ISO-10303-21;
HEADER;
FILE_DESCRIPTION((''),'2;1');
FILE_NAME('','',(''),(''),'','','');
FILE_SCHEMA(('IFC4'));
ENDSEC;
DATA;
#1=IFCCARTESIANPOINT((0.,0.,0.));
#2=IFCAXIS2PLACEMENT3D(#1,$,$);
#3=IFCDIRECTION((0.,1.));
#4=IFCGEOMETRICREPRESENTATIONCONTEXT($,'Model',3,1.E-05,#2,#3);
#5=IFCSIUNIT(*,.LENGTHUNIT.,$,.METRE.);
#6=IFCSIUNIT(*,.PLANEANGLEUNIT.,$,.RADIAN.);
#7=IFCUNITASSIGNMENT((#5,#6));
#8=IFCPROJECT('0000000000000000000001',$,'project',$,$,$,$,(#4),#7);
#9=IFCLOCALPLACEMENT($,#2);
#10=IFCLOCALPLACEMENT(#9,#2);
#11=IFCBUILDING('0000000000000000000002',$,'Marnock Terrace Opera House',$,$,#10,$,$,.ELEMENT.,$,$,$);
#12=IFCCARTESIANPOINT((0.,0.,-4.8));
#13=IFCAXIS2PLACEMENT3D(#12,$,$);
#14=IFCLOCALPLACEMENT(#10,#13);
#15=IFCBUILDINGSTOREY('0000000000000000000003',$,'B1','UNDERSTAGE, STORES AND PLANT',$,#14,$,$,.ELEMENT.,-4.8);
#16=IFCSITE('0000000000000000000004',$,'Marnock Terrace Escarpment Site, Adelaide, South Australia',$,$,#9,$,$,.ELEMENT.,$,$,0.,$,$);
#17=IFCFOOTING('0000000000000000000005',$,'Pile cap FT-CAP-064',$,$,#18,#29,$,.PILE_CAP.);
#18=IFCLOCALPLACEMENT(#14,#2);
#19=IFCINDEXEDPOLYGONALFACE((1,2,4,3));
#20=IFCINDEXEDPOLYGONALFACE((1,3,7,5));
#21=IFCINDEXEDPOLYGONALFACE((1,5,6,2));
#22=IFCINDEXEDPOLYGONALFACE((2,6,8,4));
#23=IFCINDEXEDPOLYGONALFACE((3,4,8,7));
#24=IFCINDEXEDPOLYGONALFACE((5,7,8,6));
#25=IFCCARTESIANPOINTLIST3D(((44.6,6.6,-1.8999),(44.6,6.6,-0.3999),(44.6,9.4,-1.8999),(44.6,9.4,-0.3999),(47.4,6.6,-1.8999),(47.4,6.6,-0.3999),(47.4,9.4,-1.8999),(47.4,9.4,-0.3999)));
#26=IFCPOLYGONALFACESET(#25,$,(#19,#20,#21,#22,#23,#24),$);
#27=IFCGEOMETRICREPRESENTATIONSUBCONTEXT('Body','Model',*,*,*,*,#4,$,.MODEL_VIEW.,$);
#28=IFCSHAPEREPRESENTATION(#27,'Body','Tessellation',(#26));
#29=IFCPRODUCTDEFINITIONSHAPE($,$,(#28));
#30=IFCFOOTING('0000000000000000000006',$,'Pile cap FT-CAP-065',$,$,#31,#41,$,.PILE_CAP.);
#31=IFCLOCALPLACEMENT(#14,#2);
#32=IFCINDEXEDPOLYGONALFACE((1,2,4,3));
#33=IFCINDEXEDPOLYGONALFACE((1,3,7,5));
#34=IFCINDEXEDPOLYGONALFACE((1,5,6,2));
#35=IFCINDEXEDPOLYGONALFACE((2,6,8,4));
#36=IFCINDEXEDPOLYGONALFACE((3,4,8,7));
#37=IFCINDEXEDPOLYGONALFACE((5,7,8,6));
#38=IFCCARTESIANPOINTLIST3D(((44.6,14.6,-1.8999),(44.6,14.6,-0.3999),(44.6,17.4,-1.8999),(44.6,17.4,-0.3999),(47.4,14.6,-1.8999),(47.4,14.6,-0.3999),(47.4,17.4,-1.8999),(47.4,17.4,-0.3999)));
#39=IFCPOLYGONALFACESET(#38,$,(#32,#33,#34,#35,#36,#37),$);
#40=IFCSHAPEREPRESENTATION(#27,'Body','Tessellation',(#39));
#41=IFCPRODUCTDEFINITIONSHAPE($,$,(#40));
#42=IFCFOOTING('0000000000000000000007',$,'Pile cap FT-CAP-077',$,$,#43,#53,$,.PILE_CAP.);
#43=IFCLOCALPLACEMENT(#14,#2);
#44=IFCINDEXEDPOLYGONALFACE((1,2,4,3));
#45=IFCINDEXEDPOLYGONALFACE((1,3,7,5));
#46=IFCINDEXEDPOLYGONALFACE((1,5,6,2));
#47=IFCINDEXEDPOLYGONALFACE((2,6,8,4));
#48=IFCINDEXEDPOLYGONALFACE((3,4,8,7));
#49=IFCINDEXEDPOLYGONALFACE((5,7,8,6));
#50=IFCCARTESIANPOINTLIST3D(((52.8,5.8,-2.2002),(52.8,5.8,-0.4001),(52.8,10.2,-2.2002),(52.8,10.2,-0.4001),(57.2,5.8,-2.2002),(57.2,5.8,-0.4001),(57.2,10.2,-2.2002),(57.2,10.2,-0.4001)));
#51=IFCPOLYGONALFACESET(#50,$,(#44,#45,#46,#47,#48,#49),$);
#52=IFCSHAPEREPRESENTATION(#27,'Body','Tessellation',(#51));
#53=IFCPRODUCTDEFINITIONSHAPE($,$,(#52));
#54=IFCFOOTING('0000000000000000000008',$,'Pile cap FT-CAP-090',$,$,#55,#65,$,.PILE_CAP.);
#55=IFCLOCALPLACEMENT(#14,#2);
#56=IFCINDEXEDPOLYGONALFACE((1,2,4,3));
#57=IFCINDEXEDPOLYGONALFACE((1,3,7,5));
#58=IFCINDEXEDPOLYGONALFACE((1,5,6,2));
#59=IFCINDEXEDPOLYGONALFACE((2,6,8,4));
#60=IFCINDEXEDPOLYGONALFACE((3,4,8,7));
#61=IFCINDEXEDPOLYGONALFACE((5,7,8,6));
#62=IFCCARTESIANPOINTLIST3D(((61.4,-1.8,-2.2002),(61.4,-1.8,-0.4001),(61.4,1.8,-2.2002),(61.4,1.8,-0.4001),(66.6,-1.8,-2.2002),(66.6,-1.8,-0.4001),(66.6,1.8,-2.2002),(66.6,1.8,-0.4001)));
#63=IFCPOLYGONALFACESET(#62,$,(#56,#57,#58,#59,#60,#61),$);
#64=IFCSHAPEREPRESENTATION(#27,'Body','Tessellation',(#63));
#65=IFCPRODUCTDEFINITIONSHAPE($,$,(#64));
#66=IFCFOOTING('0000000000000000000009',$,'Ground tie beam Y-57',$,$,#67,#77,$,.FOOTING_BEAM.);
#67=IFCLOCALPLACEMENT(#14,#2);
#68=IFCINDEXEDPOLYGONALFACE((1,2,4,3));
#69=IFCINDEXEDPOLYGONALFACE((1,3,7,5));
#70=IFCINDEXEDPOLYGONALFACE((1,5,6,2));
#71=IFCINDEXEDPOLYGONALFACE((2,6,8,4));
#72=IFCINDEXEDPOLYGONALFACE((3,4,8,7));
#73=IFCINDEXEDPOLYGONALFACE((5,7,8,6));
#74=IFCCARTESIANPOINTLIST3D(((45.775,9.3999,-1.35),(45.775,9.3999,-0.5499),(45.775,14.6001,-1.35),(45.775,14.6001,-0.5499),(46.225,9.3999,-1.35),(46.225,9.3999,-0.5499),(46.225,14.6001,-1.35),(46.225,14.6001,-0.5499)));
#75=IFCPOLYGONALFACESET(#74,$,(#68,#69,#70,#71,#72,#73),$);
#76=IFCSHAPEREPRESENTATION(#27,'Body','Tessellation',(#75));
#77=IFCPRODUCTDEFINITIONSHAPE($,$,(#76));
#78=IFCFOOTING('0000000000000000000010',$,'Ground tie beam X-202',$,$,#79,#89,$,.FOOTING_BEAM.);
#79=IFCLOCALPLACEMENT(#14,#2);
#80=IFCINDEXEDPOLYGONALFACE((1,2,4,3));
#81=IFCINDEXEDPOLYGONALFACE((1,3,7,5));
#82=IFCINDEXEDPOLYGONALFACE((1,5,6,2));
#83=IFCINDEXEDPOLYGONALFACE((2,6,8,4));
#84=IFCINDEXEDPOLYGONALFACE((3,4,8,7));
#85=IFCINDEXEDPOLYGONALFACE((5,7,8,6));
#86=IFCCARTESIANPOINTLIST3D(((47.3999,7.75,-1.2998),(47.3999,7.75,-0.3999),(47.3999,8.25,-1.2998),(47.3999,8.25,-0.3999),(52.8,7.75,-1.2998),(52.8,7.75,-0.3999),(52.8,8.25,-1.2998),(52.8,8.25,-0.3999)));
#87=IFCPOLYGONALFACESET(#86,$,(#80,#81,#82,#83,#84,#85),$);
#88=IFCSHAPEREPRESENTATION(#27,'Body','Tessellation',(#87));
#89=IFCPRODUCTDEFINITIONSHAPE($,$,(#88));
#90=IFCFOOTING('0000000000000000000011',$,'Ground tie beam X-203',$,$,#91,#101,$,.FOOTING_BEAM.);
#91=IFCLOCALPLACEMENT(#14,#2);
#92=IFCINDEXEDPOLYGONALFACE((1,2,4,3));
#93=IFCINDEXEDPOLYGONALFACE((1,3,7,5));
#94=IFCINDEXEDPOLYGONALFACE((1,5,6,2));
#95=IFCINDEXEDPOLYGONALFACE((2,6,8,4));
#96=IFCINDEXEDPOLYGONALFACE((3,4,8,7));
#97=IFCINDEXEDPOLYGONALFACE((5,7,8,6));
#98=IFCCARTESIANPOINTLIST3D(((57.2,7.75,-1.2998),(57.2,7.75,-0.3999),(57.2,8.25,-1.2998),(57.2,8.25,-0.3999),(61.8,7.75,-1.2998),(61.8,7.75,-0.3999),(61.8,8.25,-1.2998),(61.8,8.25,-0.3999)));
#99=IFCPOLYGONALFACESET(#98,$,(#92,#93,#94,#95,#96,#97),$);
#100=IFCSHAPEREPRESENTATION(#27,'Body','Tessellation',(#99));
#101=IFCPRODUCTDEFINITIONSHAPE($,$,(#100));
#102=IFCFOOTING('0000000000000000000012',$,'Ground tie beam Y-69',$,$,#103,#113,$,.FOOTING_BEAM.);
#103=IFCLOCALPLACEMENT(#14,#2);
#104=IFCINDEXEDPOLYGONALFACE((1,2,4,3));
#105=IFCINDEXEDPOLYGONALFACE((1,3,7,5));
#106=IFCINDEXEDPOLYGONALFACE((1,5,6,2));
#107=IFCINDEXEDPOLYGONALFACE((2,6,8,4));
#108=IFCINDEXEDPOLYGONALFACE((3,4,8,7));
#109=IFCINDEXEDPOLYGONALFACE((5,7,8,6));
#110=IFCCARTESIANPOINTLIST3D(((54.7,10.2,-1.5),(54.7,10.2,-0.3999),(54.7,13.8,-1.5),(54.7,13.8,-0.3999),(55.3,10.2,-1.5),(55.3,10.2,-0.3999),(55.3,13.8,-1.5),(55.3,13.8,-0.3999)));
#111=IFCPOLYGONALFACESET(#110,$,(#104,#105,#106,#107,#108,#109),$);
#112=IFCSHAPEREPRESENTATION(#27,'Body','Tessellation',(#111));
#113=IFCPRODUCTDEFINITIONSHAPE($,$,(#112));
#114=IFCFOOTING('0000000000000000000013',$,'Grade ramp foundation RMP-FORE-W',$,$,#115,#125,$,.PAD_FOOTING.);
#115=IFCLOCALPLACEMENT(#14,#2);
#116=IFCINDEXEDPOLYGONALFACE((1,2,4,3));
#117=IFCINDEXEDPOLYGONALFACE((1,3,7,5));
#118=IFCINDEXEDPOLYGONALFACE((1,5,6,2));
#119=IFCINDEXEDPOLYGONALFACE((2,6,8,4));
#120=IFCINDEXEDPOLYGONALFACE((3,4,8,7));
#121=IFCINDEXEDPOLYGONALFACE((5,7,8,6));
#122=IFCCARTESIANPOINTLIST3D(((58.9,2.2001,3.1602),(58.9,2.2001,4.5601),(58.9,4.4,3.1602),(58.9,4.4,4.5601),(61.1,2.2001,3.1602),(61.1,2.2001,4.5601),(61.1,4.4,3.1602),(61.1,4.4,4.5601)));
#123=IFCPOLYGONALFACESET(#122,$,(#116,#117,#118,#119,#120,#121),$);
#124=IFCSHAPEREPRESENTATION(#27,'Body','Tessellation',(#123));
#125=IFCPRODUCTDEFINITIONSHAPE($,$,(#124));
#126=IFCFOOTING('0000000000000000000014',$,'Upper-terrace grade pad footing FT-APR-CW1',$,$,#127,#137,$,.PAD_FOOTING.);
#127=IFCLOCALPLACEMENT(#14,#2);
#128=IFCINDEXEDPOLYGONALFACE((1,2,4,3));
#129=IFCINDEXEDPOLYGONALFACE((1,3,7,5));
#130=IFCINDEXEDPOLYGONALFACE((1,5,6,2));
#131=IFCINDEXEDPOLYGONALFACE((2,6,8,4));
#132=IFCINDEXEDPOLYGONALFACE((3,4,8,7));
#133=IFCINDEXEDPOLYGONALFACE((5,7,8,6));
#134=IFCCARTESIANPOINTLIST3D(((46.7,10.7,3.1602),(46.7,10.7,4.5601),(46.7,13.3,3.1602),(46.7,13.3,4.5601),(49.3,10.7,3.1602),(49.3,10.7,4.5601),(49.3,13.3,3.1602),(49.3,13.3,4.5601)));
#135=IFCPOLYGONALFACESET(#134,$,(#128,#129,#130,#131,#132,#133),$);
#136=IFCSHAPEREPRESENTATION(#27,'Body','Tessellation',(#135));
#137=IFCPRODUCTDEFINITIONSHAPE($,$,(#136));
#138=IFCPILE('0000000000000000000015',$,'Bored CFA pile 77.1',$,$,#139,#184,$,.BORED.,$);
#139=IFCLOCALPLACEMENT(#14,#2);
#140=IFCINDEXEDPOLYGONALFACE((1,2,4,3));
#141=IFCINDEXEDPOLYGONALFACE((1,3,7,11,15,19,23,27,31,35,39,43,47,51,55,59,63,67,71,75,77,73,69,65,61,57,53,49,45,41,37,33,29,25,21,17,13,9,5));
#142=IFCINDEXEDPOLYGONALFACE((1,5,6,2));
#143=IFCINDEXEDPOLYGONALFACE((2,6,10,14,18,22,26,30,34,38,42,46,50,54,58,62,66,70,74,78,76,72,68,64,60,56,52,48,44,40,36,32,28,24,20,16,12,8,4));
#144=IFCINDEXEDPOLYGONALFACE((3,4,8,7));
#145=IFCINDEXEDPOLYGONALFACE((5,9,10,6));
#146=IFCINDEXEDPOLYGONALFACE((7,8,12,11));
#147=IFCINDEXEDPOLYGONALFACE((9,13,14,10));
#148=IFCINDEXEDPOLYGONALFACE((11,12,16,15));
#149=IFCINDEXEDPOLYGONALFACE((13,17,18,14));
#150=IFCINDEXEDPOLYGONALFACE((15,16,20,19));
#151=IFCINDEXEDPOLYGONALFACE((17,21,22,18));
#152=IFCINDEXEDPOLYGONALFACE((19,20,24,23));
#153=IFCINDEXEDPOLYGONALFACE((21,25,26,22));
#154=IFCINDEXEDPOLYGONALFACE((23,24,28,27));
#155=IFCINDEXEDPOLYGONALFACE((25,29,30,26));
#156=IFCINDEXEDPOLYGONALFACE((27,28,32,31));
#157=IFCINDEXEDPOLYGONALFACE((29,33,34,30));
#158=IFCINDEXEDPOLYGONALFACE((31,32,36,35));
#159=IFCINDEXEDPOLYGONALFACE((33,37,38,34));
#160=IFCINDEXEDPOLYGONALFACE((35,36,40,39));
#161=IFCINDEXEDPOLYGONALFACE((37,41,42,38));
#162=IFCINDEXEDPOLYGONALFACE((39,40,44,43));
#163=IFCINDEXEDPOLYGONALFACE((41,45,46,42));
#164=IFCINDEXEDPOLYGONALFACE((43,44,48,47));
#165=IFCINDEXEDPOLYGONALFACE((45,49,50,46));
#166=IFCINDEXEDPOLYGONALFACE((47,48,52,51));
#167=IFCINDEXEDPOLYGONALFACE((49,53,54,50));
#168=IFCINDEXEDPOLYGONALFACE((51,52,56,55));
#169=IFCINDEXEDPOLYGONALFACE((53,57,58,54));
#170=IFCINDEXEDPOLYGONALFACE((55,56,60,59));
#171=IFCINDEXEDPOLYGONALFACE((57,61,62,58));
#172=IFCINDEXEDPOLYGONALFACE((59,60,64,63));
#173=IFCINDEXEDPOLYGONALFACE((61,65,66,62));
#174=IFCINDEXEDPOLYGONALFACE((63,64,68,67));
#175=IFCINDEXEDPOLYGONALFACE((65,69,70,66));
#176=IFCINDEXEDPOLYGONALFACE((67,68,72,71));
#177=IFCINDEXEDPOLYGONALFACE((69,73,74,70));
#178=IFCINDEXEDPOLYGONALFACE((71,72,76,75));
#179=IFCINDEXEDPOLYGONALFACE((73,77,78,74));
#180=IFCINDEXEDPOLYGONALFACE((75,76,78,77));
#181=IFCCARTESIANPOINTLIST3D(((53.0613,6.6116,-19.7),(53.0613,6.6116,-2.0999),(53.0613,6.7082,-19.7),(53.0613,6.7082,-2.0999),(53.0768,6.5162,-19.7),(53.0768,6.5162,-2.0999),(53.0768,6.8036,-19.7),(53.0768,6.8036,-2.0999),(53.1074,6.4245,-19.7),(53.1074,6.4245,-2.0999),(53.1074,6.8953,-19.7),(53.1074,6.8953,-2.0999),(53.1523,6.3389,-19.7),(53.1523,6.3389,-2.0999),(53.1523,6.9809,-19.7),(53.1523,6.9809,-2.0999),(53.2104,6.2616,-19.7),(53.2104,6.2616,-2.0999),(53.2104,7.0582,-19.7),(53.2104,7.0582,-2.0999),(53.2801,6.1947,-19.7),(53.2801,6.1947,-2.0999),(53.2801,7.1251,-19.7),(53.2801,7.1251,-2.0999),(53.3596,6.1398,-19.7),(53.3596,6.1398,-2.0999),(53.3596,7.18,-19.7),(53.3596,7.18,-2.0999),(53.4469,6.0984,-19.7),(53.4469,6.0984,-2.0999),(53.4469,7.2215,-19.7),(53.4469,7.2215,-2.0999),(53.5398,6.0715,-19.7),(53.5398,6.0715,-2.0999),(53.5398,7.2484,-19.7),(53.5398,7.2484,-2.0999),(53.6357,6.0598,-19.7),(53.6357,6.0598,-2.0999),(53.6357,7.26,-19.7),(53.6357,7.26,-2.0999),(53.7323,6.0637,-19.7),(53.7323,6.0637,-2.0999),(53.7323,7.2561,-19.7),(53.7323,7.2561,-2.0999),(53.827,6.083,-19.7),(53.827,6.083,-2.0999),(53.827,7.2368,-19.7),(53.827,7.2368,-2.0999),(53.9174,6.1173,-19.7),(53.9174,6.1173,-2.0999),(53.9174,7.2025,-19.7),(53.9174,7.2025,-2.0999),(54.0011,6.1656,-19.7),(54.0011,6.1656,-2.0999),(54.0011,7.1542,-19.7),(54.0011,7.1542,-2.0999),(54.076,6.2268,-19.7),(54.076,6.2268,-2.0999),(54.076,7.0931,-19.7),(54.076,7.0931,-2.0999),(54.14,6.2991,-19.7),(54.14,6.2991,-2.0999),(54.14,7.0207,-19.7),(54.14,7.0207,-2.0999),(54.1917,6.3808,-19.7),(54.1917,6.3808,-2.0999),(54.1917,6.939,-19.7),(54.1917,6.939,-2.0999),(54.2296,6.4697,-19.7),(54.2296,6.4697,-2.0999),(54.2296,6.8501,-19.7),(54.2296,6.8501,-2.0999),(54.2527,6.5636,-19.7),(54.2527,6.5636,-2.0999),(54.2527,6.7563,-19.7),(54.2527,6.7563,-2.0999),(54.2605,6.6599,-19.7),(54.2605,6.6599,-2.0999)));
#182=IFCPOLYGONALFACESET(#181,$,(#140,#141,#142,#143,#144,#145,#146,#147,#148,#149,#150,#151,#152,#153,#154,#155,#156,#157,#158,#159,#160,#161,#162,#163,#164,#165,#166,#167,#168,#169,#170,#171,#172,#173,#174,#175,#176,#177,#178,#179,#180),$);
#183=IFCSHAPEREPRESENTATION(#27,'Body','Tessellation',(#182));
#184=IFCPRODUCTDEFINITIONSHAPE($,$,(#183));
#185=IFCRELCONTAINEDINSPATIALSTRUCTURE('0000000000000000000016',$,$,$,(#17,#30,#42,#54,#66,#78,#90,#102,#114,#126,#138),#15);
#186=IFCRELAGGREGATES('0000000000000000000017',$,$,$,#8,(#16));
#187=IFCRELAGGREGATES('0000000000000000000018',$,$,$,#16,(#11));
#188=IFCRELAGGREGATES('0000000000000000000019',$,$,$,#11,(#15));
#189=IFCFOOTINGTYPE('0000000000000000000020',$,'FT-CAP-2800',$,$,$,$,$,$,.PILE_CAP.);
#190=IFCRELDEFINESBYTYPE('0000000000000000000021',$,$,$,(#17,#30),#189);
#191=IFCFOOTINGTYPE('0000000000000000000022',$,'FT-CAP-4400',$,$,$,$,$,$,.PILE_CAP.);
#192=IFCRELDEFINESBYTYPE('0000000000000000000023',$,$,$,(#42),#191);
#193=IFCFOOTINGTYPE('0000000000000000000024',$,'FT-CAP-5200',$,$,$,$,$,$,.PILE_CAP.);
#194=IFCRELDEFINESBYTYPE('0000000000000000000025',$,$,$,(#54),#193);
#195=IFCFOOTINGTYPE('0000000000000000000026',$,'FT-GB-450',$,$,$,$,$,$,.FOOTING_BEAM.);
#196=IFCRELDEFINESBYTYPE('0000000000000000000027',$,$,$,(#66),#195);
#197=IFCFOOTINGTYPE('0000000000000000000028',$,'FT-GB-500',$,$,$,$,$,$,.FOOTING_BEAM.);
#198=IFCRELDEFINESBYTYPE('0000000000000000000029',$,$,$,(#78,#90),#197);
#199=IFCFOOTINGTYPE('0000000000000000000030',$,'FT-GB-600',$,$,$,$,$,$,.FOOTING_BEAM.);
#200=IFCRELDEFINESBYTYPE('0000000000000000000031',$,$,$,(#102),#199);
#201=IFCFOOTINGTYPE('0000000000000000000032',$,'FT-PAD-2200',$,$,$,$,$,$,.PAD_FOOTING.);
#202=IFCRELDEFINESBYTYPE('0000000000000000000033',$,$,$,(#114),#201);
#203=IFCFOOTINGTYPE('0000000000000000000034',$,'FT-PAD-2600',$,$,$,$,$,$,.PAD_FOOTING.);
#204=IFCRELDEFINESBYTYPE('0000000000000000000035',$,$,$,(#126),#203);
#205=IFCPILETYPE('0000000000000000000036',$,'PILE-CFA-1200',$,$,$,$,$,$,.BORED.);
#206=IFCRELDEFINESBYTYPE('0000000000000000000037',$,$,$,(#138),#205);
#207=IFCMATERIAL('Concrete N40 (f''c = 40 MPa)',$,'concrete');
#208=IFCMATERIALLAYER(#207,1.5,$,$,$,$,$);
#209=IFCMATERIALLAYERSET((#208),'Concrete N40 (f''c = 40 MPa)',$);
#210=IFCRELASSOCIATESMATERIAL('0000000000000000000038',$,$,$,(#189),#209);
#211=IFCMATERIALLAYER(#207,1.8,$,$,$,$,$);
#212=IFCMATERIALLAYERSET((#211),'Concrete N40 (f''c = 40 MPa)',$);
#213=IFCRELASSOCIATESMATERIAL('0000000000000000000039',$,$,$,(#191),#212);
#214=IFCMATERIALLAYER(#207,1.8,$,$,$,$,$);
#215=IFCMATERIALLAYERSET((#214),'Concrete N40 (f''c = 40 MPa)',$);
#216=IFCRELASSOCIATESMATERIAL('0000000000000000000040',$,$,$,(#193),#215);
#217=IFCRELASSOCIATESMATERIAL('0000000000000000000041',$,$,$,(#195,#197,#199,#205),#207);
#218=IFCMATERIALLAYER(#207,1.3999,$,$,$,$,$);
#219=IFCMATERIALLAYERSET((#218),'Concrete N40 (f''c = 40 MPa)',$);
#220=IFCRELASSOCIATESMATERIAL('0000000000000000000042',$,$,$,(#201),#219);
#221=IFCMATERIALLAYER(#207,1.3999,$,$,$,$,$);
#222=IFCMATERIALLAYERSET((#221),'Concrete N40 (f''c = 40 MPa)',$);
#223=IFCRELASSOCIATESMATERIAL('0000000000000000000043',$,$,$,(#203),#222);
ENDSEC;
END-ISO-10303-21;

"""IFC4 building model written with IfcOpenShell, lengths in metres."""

from ifc_helpers import new_model, si_unit, direction, frame, origin, origin_2d, place, context, subcontext, project, spatial, rectangle, circle, extrude, material, layer, layer_set, material_profile, profile_set, type_object, element, save


model = new_model("IFC4")

# Units and contexts
model_context = context("Model", 3, precision=1e-05, world=origin(), true_north=direction((0.0, 1.0)))
body_context = subcontext(model_context, "Body", "Model", "MODEL_VIEW")
ifc_project = project(units=[si_unit("LENGTHUNIT", "METRE"), si_unit("PLANEANGLEUNIT", "RADIAN")], contexts=[model_context])

# Site, building, storey
site_placement = place(None, origin())
site = spatial("IfcSite", under=ifc_project, at=site_placement, Name="Marnock Terrace Escarpment Site, Adelaide, South Australia", CompositionType="ELEMENT", RefElevation=0.0)
building_placement = place(site_placement, origin())
building = spatial("IfcBuilding", under=site, at=building_placement, Name="Marnock Terrace Opera House", CompositionType="ELEMENT")
storey_placement = place(building_placement, frame((0.0, 0.0, -4.8)))
storey = spatial("IfcBuildingStorey", under=building, at=storey_placement, Name="B1", Description="UNDERSTAGE, STORES AND PLANT", CompositionType="ELEMENT", Elevation=-4.8)

# Footings
ifc_material_1 = material(Name="Concrete N40 (f'c = 40 MPa)", Category="concrete")
ifc_layer_1 = layer(ifc_material_1, 1.5)
ifc_layer_set_1 = layer_set([ifc_layer_1], Name="Concrete N40 (f'c = 40 MPa)")
footing_type_1 = type_object("IfcFootingType", Name="FT-CAP-2800", PredefinedType="PILE_CAP", material=ifc_layer_set_1)
for number, where, z_axis, x_axis, name in (
    (1, (46.0, 8.0, -1.8999), (0.0, 0.0, 1.0), (1.0, 0.0, 0.0), "Pile cap FT-CAP-064"),
    (2, (46.0, 16.0, -1.8999), (0.0, 0.0, 1.0), (1.0, 0.0, 0.0), "Pile cap FT-CAP-065"),
):
    element("IfcFooting", number, at=place(storey_placement, frame(where, z_axis=z_axis, x_axis=x_axis)), inside=storey, type_object=footing_type_1, Name=name, PredefinedType="PILE_CAP", context=body_context, shape_type="SweptSolid", body=[
        extrude(rectangle(XDim=2.8, YDim=2.8, at=origin_2d()), origin(), (0.0, 0.0, 1.0), 1.5),
    ])
ifc_layer_2 = layer(ifc_material_1, 1.8)
ifc_layer_set_2 = layer_set([ifc_layer_2], Name="Concrete N40 (f'c = 40 MPa)")
footing_type_2 = type_object("IfcFootingType", Name="FT-CAP-4400", PredefinedType="PILE_CAP", material=ifc_layer_set_2)
footing_1_placement = place(storey_placement, frame((55.0, 8.0, -2.2002), z_axis=(0.0, 0.0, 1.0), x_axis=(1.0, 0.0, 0.0)))
element("IfcFooting", 3, at=footing_1_placement, inside=storey, type_object=footing_type_2, Name="Pile cap FT-CAP-077", PredefinedType="PILE_CAP", context=body_context, shape_type="SweptSolid", body=[
    extrude(rectangle(XDim=4.3999, YDim=4.3999, at=origin_2d()), origin(), (0.0, 0.0, 1.0), 1.8),
])
ifc_layer_3 = layer(ifc_material_1, 1.8)
ifc_layer_set_3 = layer_set([ifc_layer_3], Name="Concrete N40 (f'c = 40 MPa)")
footing_type_3 = type_object("IfcFootingType", Name="FT-CAP-5200", PredefinedType="PILE_CAP", material=ifc_layer_set_3)
footing_2_placement = place(storey_placement, frame((64.0, 0.0, -2.2002), z_axis=(0.0, 0.0, 1.0), x_axis=(1.0, 0.0, 0.0)))
element("IfcFooting", 4, at=footing_2_placement, inside=storey, type_object=footing_type_3, Name="Pile cap FT-CAP-090", PredefinedType="PILE_CAP", context=body_context, shape_type="SweptSolid", body=[
    extrude(rectangle(XDim=5.2, YDim=3.6001, at=origin_2d()), origin(), (0.0, 0.0, 1.0), 1.8),
])
ifc_material_profile_1 = material_profile(ifc_material_1, rectangle(XDim=0.45, YDim=0.8, at=origin_2d()))
ifc_profile_set_1 = profile_set([ifc_material_profile_1], Name="Concrete N40 (f'c = 40 MPa)")
footing_type_4 = type_object("IfcFootingType", Name="FT-GB-450", PredefinedType="FOOTING_BEAM", material=ifc_profile_set_1)
footing_3_placement = place(storey_placement, frame((46.0, 9.3999, -0.95), z_axis=(0.0, 1.0, 0.0), x_axis=(-1.0, 0.0, 0.0)))
element("IfcFooting", 5, at=footing_3_placement, inside=storey, type_object=footing_type_4, Name="Ground tie beam Y-57", PredefinedType="FOOTING_BEAM", context=body_context, shape_type="SweptSolid", body=[
    extrude(rectangle(XDim=0.45, YDim=0.8, at=origin_2d()), origin(), (0.0, 0.0, 1.0), 5.2002),
])
ifc_material_profile_2 = material_profile(ifc_material_1, rectangle(XDim=0.5, YDim=0.8999, at=origin_2d()))
ifc_profile_set_2 = profile_set([ifc_material_profile_2], Name="Concrete N40 (f'c = 40 MPa)")
footing_type_5 = type_object("IfcFootingType", Name="FT-GB-500", PredefinedType="FOOTING_BEAM", material=ifc_profile_set_2)
footing_4_placement = place(storey_placement, frame((47.3999, 8.0, -0.8499), z_axis=(1.0, 0.0, 0.0), x_axis=(0.0, 1.0, 0.0)))
element("IfcFooting", 6, at=footing_4_placement, inside=storey, type_object=footing_type_5, Name="Ground tie beam X-202", PredefinedType="FOOTING_BEAM", context=body_context, shape_type="SweptSolid", body=[
    extrude(rectangle(XDim=0.5, YDim=0.8999, at=origin_2d()), origin(), (0.0, 0.0, 1.0), 5.4001),
])
footing_5_placement = place(storey_placement, frame((57.2, 8.0, -0.8499), z_axis=(1.0, 0.0, 0.0), x_axis=(0.0, 1.0, 0.0)))
element("IfcFooting", 7, at=footing_5_placement, inside=storey, type_object=footing_type_5, Name="Ground tie beam X-203", PredefinedType="FOOTING_BEAM", context=body_context, shape_type="SweptSolid", body=[
    extrude(rectangle(XDim=0.5, YDim=0.8999, at=origin_2d()), origin(), (0.0, 0.0, 1.0), 4.6001),
])
ifc_material_profile_3 = material_profile(ifc_material_1, rectangle(XDim=0.6001, YDim=1.1001, at=origin_2d()))
ifc_profile_set_3 = profile_set([ifc_material_profile_3], Name="Concrete N40 (f'c = 40 MPa)")
footing_type_6 = type_object("IfcFootingType", Name="FT-GB-600", PredefinedType="FOOTING_BEAM", material=ifc_profile_set_3)
footing_6_placement = place(storey_placement, frame((55.0, 10.2, -0.95), z_axis=(0.0, 1.0, 0.0), x_axis=(-1.0, 0.0, 0.0)))
element("IfcFooting", 8, at=footing_6_placement, inside=storey, type_object=footing_type_6, Name="Ground tie beam Y-69", PredefinedType="FOOTING_BEAM", context=body_context, shape_type="SweptSolid", body=[
    extrude(rectangle(XDim=0.6001, YDim=1.1001, at=origin_2d()), origin(), (0.0, 0.0, 1.0), 3.6001),
])
ifc_layer_4 = layer(ifc_material_1, 1.3999)
ifc_layer_set_4 = layer_set([ifc_layer_4], Name="Concrete N40 (f'c = 40 MPa)")
footing_type_7 = type_object("IfcFootingType", Name="FT-PAD-2200", PredefinedType="PAD_FOOTING", material=ifc_layer_set_4)
footing_7_placement = place(storey_placement, frame((60.0, 3.3, 3.1602), z_axis=(0.0, 0.0, 1.0), x_axis=(1.0, 0.0, 0.0)))
element("IfcFooting", 9, at=footing_7_placement, inside=storey, type_object=footing_type_7, Name="Grade ramp foundation RMP-FORE-W", PredefinedType="PAD_FOOTING", context=body_context, shape_type="SweptSolid", body=[
    extrude(rectangle(XDim=2.2, YDim=2.2, at=origin_2d()), origin(), (0.0, 0.0, 1.0), 1.3999),
])
ifc_layer_5 = layer(ifc_material_1, 1.3999)
ifc_layer_set_5 = layer_set([ifc_layer_5], Name="Concrete N40 (f'c = 40 MPa)")
footing_type_8 = type_object("IfcFootingType", Name="FT-PAD-2600", PredefinedType="PAD_FOOTING", material=ifc_layer_set_5)
footing_8_placement = place(storey_placement, frame((48.0, 12.0, 3.1602), z_axis=(0.0, 0.0, 1.0), x_axis=(1.0, 0.0, 0.0)))
element("IfcFooting", 10, at=footing_8_placement, inside=storey, type_object=footing_type_8, Name="Upper-terrace grade pad footing FT-APR-CW1", PredefinedType="PAD_FOOTING", context=body_context, shape_type="SweptSolid", body=[
    extrude(rectangle(XDim=2.6001, YDim=2.6001, at=origin_2d()), origin(), (0.0, 0.0, 1.0), 1.3999),
])

# Pile
ifc_material_profile_4 = material_profile(ifc_material_1, circle(Radius=0.6006, at=origin_2d()))
ifc_profile_set_4 = profile_set([ifc_material_profile_4], Name="Concrete N40 (f'c = 40 MPa)")
pile_type_1 = type_object("IfcPileType", Name="PILE-CFA-1200", PredefinedType="BORED", material=ifc_profile_set_4)
for number, where, z_axis, x_axis, name in (
    (11, (53.6599, 6.6599, -2.0999), (0.0, 0.0, -1.0), (1.0, 0.0, 0.0), "Bored CFA pile 77.1"),
):
    element("IfcPile", number, at=place(storey_placement, frame(where, z_axis=z_axis, x_axis=x_axis)), inside=storey, type_object=pile_type_1, Name=name, PredefinedType="BORED", context=body_context, shape_type="SweptSolid", body=[
        extrude(circle(Radius=0.6006, at=origin_2d()), origin(), (0.0, 0.0, 1.0), 17.6001),
    ])

save(model, "model.ifc")
